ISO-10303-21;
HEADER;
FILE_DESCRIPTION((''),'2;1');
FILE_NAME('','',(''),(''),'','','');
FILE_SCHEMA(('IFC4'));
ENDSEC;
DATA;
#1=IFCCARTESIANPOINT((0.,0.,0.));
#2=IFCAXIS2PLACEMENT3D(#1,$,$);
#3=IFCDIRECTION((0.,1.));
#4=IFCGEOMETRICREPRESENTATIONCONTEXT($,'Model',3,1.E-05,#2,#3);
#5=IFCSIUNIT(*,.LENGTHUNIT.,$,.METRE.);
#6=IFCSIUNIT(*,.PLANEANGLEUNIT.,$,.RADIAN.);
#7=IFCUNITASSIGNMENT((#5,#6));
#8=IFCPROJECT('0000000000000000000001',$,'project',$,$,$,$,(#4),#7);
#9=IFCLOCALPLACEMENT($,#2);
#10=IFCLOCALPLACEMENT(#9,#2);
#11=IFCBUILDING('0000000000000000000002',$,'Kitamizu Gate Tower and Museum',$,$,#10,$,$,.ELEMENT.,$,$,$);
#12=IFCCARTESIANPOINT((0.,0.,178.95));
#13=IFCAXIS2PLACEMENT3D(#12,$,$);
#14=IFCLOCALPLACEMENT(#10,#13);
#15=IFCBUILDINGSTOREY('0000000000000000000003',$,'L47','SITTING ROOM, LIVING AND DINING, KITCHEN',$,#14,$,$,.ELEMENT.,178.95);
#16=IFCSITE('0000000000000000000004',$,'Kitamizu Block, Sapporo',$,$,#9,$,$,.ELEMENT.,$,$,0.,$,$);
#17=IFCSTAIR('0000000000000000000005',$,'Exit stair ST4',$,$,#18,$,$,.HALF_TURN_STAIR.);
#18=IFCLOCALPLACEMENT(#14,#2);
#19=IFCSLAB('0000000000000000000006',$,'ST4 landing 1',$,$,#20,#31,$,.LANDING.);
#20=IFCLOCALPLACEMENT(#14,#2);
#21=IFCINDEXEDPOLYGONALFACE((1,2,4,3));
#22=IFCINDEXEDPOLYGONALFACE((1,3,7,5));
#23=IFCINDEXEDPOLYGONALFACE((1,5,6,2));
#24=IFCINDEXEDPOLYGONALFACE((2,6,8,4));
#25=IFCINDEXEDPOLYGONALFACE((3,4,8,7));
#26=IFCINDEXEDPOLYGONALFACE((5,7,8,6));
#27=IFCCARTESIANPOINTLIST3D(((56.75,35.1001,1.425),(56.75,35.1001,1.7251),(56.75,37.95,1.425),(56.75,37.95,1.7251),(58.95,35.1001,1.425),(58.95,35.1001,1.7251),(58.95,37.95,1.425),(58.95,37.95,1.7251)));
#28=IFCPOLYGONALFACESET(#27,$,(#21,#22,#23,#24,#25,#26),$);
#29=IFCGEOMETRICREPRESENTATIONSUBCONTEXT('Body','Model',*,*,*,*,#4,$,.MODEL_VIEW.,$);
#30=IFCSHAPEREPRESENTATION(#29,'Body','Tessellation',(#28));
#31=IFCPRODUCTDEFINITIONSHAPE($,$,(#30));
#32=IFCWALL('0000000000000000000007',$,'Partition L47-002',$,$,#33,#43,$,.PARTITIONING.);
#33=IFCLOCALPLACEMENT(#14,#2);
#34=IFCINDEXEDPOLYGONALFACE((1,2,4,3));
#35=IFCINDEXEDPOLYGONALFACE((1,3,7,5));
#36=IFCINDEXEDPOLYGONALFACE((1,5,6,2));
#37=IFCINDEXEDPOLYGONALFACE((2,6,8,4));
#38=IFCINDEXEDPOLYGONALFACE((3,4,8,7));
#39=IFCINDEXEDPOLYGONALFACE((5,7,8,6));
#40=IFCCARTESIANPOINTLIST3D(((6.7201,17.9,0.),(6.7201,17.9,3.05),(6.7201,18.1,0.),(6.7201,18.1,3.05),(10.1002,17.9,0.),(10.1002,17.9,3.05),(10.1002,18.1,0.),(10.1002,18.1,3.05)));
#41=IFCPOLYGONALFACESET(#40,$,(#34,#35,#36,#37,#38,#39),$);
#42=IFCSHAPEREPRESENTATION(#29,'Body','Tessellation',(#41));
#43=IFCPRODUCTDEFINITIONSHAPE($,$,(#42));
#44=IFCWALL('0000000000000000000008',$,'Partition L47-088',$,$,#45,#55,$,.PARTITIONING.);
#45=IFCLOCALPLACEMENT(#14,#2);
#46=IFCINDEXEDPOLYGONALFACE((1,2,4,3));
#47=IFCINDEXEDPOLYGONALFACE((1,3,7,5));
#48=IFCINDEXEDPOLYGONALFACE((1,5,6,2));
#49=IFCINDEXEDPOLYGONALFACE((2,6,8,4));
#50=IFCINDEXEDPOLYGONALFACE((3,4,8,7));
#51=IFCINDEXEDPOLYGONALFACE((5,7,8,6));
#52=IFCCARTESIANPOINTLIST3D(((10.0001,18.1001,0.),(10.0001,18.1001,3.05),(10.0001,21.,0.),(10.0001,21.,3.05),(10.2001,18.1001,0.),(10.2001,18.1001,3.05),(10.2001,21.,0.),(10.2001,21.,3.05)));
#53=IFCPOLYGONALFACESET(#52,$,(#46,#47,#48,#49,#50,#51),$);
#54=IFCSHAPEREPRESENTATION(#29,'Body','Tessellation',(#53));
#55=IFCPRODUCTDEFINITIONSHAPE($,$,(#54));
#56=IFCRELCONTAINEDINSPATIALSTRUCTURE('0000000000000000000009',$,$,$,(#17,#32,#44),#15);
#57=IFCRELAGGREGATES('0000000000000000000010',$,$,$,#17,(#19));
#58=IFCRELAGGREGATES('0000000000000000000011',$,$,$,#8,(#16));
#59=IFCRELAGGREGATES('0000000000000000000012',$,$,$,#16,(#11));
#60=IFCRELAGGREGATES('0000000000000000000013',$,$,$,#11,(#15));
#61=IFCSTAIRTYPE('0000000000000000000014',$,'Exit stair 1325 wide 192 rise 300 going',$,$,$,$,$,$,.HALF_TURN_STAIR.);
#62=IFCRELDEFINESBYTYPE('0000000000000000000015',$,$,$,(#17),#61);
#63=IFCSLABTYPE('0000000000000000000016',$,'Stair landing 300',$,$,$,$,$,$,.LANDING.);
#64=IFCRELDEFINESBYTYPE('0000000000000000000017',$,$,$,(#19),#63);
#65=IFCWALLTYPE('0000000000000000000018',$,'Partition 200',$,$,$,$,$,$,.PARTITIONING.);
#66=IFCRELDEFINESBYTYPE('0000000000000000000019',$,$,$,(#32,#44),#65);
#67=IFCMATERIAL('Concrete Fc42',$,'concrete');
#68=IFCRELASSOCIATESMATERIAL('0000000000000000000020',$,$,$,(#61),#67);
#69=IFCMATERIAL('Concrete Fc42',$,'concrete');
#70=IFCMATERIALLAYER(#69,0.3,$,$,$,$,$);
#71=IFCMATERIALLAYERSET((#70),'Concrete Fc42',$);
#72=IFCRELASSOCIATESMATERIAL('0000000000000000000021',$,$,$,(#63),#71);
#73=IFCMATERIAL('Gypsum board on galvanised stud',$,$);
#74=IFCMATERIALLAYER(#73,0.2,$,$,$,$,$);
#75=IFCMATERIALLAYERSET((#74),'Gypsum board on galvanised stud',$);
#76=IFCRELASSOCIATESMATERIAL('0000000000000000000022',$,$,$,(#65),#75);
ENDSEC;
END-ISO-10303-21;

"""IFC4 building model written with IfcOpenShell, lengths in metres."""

from ifc_helpers import new_model, si_unit, direction, frame, frame_2d, origin, place, context, subcontext, project, spatial, polyline, rectangle, outline, extrude, material, layer, layer_set, type_object, element, aggregate, save


model = new_model("IFC4")

# Units and contexts
model_context = context("Model", 3, precision=1e-05, world=origin(), true_north=direction((0.0, 1.0)))
body_context = subcontext(model_context, "Body", "Model", "MODEL_VIEW")
ifc_project = project(units=[si_unit("LENGTHUNIT", "METRE"), si_unit("PLANEANGLEUNIT", "RADIAN")], contexts=[model_context])

# Site, building, storey
site_placement = place(None, origin())
site = spatial("IfcSite", under=ifc_project, at=site_placement, Name="Kitamizu Block, Sapporo", CompositionType="ELEMENT", RefElevation=0.0)
building_placement = place(site_placement, origin())
building = spatial("IfcBuilding", under=site, at=building_placement, Name="Kitamizu Gate Tower and Museum", CompositionType="ELEMENT")
storey_placement = place(building_placement, frame((0.0, 0.0, 178.95)))
storey = spatial("IfcBuildingStorey", under=building, at=storey_placement, Name="L47", Description="SITTING ROOM, LIVING AND DINING, KITCHEN", CompositionType="ELEMENT", Elevation=178.95)

# Stair, slab
ifc_material_1 = material(Name="Concrete Fc42", Category="concrete")
stair_type = type_object("IfcStairType", Name="Exit stair 1325 wide 192 rise 300 going", PredefinedType="HALF_TURN_STAIR", material=ifc_material_1)
stair_placement = place(storey_placement, origin())
stair = element("IfcStair", 1, at=stair_placement, inside=storey, type_object=stair_type, Name="Exit stair ST4", PredefinedType="HALF_TURN_STAIR")
ifc_material_2 = material(Name="Concrete Fc42", Category="concrete")
ifc_layer_1 = layer(ifc_material_2, 0.3)
ifc_layer_set_1 = layer_set([ifc_layer_1], Name="Concrete Fc42")
slab_type = type_object("IfcSlabType", Name="Stair landing 300", PredefinedType="LANDING", material=ifc_layer_set_1)
slab_placement = place(storey_placement, frame((0.0, 0.0, 1.425)))
slab = element("IfcSlab", 2, at=slab_placement, type_object=slab_type, Name="ST4 landing 1", PredefinedType="LANDING", context=body_context, shape_type="SweptSolid", body=[
    extrude(outline(polyline([(56.75, 35.1001), (58.95, 35.1001), (58.95, 37.95), (56.75, 37.95), (56.75, 35.1001)])), origin(), (0.0, 0.0, 1.0), 0.3),
])
aggregate(stair, [slab])

# Walls
ifc_material_3 = material(Name="Gypsum board on galvanised stud")
ifc_layer_2 = layer(ifc_material_3, 0.2)
ifc_layer_set_2 = layer_set([ifc_layer_2], Name="Gypsum board on galvanised stud")
wall_type_1 = type_object("IfcWallType", Name="Partition 200", PredefinedType="PARTITIONING", material=ifc_layer_set_2)
wall_1_placement = place(storey_placement, frame((10.1001, 18.0, 0.0), z_axis=(0.0, 0.0, 1.0), x_axis=(-1.0, 0.0, 0.0)))
element("IfcWall", 3, at=wall_1_placement, inside=storey, type_object=wall_type_1, Name="Partition L47-002", PredefinedType="PARTITIONING", context=body_context, shape_type="SweptSolid", body=[
    extrude(rectangle(XDim=3.3801, YDim=0.2, at=frame_2d((1.6899, 0.0))), origin(), (0.0, 0.0, 1.0), 3.05),
])
wall_2_placement = place(storey_placement, frame((10.1001, 18.1001, 0.0), z_axis=(0.0, 0.0, 1.0), x_axis=(0.0, 1.0, 0.0)))
element("IfcWall", 4, at=wall_2_placement, inside=storey, type_object=wall_type_1, Name="Partition L47-088", PredefinedType="PARTITIONING", context=body_context, shape_type="SweptSolid", body=[
    extrude(rectangle(XDim=2.8999, YDim=0.2, at=frame_2d((1.45, 0.0))), origin(), (0.0, 0.0, 1.0), 3.05),
])

save(model, "model.ifc")
